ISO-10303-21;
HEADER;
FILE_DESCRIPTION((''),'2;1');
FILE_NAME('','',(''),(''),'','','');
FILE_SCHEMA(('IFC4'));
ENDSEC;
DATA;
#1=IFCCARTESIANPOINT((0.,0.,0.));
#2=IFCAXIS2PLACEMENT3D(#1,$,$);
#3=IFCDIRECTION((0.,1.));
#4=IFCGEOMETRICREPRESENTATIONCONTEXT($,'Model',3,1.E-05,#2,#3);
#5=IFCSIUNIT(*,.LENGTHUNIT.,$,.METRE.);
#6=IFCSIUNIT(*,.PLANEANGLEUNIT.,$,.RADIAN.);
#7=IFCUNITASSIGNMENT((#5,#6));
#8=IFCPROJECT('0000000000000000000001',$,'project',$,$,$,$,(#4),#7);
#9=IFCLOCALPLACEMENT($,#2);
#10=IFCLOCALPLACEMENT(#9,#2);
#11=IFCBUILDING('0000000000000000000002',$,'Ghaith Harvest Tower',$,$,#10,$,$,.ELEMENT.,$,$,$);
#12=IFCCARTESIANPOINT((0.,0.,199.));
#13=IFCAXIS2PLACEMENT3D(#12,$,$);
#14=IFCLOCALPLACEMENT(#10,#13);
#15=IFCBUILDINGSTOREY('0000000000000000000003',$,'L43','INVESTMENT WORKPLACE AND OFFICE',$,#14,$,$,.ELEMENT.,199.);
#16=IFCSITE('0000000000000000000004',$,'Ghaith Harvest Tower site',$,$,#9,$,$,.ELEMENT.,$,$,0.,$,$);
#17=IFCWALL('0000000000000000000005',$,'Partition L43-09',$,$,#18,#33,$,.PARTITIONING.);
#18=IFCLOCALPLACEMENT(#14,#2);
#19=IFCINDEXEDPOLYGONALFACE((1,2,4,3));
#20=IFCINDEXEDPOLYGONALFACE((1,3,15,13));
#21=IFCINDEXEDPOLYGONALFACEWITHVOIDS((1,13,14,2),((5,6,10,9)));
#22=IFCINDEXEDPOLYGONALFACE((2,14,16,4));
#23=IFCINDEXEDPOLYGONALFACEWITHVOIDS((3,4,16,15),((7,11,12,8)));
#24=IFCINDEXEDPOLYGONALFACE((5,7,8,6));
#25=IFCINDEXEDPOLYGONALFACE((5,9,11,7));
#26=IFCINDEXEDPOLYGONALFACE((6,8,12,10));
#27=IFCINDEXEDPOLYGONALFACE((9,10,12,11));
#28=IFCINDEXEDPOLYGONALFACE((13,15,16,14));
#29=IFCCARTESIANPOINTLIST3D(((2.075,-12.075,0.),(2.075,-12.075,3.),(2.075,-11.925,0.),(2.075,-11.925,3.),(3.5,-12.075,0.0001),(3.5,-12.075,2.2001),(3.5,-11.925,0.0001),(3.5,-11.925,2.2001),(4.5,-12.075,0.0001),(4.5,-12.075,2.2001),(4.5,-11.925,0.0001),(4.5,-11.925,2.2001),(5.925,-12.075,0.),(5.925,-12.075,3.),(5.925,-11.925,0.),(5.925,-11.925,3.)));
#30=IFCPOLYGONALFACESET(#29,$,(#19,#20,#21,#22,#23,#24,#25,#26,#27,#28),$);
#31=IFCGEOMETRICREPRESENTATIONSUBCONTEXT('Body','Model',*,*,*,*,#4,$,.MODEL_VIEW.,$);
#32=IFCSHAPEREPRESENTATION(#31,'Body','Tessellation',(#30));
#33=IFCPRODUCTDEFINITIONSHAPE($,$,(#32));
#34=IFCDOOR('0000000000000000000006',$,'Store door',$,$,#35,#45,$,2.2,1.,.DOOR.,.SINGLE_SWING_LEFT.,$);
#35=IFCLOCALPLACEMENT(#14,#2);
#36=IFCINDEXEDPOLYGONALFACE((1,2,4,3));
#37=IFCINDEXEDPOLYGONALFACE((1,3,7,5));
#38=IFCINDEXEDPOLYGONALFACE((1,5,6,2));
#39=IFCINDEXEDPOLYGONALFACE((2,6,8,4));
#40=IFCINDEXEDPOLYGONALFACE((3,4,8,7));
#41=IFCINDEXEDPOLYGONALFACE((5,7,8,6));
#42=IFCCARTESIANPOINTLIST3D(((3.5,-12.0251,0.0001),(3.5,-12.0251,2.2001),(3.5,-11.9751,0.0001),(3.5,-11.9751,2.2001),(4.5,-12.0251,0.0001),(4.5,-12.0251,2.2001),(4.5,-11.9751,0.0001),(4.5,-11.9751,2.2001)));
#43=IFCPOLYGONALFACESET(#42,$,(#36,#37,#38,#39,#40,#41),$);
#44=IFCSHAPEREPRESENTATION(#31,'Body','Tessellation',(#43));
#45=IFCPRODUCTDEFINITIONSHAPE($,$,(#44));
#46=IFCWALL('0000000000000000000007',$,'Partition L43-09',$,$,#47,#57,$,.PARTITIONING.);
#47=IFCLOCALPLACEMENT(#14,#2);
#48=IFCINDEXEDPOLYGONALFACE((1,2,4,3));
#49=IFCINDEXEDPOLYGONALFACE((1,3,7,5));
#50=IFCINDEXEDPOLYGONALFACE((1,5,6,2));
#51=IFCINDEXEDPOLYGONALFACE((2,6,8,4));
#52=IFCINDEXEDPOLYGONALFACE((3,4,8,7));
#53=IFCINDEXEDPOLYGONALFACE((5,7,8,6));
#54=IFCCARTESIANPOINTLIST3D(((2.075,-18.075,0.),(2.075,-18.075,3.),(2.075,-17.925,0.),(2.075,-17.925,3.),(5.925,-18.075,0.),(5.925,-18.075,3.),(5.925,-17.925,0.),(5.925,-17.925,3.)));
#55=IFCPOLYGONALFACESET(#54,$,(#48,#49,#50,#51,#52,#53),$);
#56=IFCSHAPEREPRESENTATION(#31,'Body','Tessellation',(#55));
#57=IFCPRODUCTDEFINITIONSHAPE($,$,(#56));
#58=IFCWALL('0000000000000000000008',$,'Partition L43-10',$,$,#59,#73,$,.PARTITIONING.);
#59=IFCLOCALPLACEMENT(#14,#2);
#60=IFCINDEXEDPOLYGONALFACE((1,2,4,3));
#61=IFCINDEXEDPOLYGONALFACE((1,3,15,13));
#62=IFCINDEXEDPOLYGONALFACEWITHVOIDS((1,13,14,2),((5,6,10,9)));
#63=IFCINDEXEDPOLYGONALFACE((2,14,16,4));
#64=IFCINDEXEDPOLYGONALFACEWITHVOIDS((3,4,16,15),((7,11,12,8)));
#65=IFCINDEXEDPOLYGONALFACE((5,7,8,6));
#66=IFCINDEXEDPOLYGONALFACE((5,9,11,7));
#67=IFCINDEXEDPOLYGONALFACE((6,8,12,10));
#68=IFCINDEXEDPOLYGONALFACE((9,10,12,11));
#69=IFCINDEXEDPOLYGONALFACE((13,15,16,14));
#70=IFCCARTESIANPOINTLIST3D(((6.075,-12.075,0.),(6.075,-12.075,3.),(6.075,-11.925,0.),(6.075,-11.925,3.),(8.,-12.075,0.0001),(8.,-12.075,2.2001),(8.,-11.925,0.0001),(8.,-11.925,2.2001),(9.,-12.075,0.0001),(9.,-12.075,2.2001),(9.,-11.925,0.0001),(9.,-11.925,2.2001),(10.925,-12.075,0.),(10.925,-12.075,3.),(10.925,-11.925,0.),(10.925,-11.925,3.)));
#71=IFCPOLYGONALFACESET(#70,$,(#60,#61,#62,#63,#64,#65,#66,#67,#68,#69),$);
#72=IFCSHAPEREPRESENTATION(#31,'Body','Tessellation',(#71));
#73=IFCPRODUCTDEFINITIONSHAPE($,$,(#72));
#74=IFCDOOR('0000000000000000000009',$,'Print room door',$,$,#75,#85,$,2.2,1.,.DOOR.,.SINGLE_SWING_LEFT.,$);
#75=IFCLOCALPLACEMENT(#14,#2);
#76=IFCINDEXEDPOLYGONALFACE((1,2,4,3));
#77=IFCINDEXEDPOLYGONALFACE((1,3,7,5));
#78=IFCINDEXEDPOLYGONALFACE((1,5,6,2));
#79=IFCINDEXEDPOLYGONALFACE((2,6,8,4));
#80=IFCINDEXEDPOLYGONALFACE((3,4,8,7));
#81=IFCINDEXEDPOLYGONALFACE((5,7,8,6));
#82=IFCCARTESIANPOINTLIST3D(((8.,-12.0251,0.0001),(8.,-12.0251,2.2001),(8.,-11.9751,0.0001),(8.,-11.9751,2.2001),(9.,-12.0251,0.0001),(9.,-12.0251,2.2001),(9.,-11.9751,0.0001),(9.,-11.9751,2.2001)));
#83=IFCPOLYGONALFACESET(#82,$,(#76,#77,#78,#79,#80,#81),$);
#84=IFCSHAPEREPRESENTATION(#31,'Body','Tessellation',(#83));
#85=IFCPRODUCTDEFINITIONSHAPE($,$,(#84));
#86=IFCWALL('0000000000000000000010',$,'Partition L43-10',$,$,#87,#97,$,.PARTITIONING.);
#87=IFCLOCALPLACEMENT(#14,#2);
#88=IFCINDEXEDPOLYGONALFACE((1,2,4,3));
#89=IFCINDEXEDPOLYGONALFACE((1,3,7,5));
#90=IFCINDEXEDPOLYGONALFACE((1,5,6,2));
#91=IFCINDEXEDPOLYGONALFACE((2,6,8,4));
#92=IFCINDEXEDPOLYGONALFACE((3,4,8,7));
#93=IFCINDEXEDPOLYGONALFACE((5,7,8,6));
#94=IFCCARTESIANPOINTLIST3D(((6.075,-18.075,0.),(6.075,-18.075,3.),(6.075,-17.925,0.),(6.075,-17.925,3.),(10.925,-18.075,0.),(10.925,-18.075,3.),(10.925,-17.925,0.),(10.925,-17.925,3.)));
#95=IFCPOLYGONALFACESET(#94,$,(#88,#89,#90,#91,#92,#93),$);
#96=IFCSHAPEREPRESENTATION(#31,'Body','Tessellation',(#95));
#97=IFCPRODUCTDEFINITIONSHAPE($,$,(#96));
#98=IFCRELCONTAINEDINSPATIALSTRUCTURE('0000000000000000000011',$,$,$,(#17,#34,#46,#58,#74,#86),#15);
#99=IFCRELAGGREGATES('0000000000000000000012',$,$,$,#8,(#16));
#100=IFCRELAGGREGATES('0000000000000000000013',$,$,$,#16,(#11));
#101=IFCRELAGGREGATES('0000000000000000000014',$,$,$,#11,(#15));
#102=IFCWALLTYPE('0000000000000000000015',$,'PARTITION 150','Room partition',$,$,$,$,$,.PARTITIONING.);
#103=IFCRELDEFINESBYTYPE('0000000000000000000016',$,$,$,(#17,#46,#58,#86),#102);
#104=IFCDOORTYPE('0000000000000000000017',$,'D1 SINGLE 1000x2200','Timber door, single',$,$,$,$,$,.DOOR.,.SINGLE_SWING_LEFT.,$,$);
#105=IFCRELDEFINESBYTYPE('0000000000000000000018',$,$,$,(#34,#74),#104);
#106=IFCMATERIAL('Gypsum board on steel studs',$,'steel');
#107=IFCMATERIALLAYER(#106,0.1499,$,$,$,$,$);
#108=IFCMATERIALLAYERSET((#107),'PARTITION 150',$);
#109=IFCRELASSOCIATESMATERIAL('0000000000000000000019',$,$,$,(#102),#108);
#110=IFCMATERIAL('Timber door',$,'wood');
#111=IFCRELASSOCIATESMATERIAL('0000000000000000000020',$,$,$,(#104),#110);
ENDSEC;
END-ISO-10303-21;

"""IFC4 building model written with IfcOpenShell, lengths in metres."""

from ifc_helpers import new_model, si_unit, direction, frame, frame_2d, origin, place, context, subcontext, project, spatial, rectangle, extrude, material, layer, layer_set, type_object, element, fill, save


model = new_model("IFC4")

# Units and contexts
model_context = context("Model", 3, precision=1e-05, world=origin(), true_north=direction((0.0, 1.0)))
body_context = subcontext(model_context, "Body", "Model", "MODEL_VIEW")
ifc_project = project(units=[si_unit("LENGTHUNIT", "METRE"), si_unit("PLANEANGLEUNIT", "RADIAN")], contexts=[model_context])

# Site, building, storey
site_placement = place(None, origin())
site = spatial("IfcSite", under=ifc_project, at=site_placement, Name="Ghaith Harvest Tower site", CompositionType="ELEMENT", RefElevation=0.0)
building_placement = place(site_placement, origin())
building = spatial("IfcBuilding", under=site, at=building_placement, Name="Ghaith Harvest Tower", CompositionType="ELEMENT")
storey_placement = place(building_placement, frame((0.0, 0.0, 199.0)))
storey = spatial("IfcBuildingStorey", under=building, at=storey_placement, Name="L43", Description="INVESTMENT WORKPLACE AND OFFICE", CompositionType="ELEMENT", Elevation=199.0)

# Shared definitions
ifc_material_1 = material(Name="Gypsum board on steel studs", Category="steel")
ifc_layer_1 = layer(ifc_material_1, 0.1499)
ifc_layer_set_1 = layer_set([ifc_layer_1], Name="PARTITION 150")
wall_type_1 = type_object("IfcWallType", Name="PARTITION 150", Description="Room partition", PredefinedType="PARTITIONING", material=ifc_layer_set_1)

# Wall, opening, door
wall_1_placement = place(storey_placement, frame((2.075, -12.0, 0.0), z_axis=(0.0, 0.0, 1.0), x_axis=(1.0, 0.0, 0.0)))
wall_1 = element("IfcWall", 1, at=wall_1_placement, inside=storey, type_object=wall_type_1, Name="Partition L43-09", PredefinedType="PARTITIONING", context=body_context, shape_type="SweptSolid", body=[
    extrude(rectangle(XDim=3.8501, YDim=0.1499, at=frame_2d((1.925, 0.0))), origin(), (0.0, 0.0, 1.0), 3.0),
])
opening_1_placement = place(wall_1_placement, frame((1.425, 0.0, 0.0)))
opening_1 = element("IfcOpeningElement", 2, at=opening_1_placement, cuts=wall_1, PredefinedType="OPENING", context=body_context, shape_type="SweptSolid", body=[
    extrude(rectangle(XDim=1.0, YDim=2.2, at=frame_2d((0.5, 1.1001))), frame((0.0, 0.085, 0.0), z_axis=(0.0, -1.0, 0.0), x_axis=(1.0, 0.0, 0.0)), (0.0, 0.0, 1.0), 0.1699),
])
ifc_material_2 = material(Name="Timber door", Category="wood")
door_type = type_object("IfcDoorType", Name="D1 SINGLE 1000x2200", Description="Timber door, single", OperationType="SINGLE_SWING_LEFT", PredefinedType="DOOR", material=ifc_material_2)
door_1_placement = place(opening_1_placement, origin())
door_1 = element("IfcDoor", 3, at=door_1_placement, inside=storey, type_object=door_type, Name="Store door", OperationType="SINGLE_SWING_LEFT", OverallHeight=2.2, OverallWidth=1.0, PredefinedType="DOOR", context=body_context, shape_type="SweptSolid", body=[
    extrude(rectangle(XDim=1.0, YDim=2.2, at=frame_2d((0.5, 1.1001))), frame((0.0, 0.0249, 0.0), z_axis=(0.0, -1.0, 0.0), x_axis=(1.0, 0.0, 0.0)), (0.0, 0.0, 1.0), 0.05),
])
fill(opening_1, door_1)

# Wall
wall_2_placement = place(storey_placement, frame((2.075, -18.0, 0.0), z_axis=(0.0, 0.0, 1.0), x_axis=(1.0, 0.0, 0.0)))
element("IfcWall", 4, at=wall_2_placement, inside=storey, type_object=wall_type_1, Name="Partition L43-09", PredefinedType="PARTITIONING", context=body_context, shape_type="SweptSolid", body=[
    extrude(rectangle(XDim=3.8501, YDim=0.1499, at=frame_2d((1.925, 0.0))), origin(), (0.0, 0.0, 1.0), 3.0),
])

# Wall, opening, door
wall_3_placement = place(storey_placement, frame((6.075, -12.0, 0.0), z_axis=(0.0, 0.0, 1.0), x_axis=(1.0, 0.0, 0.0)))
wall_3 = element("IfcWall", 5, at=wall_3_placement, inside=storey, type_object=wall_type_1, Name="Partition L43-10", PredefinedType="PARTITIONING", context=body_context, shape_type="SweptSolid", body=[
    extrude(rectangle(XDim=4.8501, YDim=0.1499, at=frame_2d((2.425, 0.0))), origin(), (0.0, 0.0, 1.0), 3.0),
])
opening_2_placement = place(wall_3_placement, frame((1.925, 0.0, 0.0)))
opening_2 = element("IfcOpeningElement", 6, at=opening_2_placement, cuts=wall_3, PredefinedType="OPENING", context=body_context, shape_type="SweptSolid", body=[
    extrude(rectangle(XDim=1.0, YDim=2.2, at=frame_2d((0.5, 1.1001))), frame((0.0, 0.085, 0.0), z_axis=(0.0, -1.0, 0.0), x_axis=(1.0, 0.0, 0.0)), (0.0, 0.0, 1.0), 0.1699),
])
door_2_placement = place(opening_2_placement, origin())
door_2 = element("IfcDoor", 7, at=door_2_placement, inside=storey, type_object=door_type, Name="Print room door", OperationType="SINGLE_SWING_LEFT", OverallHeight=2.2, OverallWidth=1.0, PredefinedType="DOOR", context=body_context, shape_type="SweptSolid", body=[
    extrude(rectangle(XDim=1.0, YDim=2.2, at=frame_2d((0.5, 1.1001))), frame((0.0, 0.0249, 0.0), z_axis=(0.0, -1.0, 0.0), x_axis=(1.0, 0.0, 0.0)), (0.0, 0.0, 1.0), 0.05),
])
fill(opening_2, door_2)

# Wall
wall_4_placement = place(storey_placement, frame((6.075, -18.0, 0.0), z_axis=(0.0, 0.0, 1.0), x_axis=(1.0, 0.0, 0.0)))
element("IfcWall", 8, at=wall_4_placement, inside=storey, type_object=wall_type_1, Name="Partition L43-10", PredefinedType="PARTITIONING", context=body_context, shape_type="SweptSolid", body=[
    extrude(rectangle(XDim=4.8501, YDim=0.1499, at=frame_2d((2.425, 0.0))), origin(), (0.0, 0.0, 1.0), 3.0),
])

save(model, "model.ifc")
